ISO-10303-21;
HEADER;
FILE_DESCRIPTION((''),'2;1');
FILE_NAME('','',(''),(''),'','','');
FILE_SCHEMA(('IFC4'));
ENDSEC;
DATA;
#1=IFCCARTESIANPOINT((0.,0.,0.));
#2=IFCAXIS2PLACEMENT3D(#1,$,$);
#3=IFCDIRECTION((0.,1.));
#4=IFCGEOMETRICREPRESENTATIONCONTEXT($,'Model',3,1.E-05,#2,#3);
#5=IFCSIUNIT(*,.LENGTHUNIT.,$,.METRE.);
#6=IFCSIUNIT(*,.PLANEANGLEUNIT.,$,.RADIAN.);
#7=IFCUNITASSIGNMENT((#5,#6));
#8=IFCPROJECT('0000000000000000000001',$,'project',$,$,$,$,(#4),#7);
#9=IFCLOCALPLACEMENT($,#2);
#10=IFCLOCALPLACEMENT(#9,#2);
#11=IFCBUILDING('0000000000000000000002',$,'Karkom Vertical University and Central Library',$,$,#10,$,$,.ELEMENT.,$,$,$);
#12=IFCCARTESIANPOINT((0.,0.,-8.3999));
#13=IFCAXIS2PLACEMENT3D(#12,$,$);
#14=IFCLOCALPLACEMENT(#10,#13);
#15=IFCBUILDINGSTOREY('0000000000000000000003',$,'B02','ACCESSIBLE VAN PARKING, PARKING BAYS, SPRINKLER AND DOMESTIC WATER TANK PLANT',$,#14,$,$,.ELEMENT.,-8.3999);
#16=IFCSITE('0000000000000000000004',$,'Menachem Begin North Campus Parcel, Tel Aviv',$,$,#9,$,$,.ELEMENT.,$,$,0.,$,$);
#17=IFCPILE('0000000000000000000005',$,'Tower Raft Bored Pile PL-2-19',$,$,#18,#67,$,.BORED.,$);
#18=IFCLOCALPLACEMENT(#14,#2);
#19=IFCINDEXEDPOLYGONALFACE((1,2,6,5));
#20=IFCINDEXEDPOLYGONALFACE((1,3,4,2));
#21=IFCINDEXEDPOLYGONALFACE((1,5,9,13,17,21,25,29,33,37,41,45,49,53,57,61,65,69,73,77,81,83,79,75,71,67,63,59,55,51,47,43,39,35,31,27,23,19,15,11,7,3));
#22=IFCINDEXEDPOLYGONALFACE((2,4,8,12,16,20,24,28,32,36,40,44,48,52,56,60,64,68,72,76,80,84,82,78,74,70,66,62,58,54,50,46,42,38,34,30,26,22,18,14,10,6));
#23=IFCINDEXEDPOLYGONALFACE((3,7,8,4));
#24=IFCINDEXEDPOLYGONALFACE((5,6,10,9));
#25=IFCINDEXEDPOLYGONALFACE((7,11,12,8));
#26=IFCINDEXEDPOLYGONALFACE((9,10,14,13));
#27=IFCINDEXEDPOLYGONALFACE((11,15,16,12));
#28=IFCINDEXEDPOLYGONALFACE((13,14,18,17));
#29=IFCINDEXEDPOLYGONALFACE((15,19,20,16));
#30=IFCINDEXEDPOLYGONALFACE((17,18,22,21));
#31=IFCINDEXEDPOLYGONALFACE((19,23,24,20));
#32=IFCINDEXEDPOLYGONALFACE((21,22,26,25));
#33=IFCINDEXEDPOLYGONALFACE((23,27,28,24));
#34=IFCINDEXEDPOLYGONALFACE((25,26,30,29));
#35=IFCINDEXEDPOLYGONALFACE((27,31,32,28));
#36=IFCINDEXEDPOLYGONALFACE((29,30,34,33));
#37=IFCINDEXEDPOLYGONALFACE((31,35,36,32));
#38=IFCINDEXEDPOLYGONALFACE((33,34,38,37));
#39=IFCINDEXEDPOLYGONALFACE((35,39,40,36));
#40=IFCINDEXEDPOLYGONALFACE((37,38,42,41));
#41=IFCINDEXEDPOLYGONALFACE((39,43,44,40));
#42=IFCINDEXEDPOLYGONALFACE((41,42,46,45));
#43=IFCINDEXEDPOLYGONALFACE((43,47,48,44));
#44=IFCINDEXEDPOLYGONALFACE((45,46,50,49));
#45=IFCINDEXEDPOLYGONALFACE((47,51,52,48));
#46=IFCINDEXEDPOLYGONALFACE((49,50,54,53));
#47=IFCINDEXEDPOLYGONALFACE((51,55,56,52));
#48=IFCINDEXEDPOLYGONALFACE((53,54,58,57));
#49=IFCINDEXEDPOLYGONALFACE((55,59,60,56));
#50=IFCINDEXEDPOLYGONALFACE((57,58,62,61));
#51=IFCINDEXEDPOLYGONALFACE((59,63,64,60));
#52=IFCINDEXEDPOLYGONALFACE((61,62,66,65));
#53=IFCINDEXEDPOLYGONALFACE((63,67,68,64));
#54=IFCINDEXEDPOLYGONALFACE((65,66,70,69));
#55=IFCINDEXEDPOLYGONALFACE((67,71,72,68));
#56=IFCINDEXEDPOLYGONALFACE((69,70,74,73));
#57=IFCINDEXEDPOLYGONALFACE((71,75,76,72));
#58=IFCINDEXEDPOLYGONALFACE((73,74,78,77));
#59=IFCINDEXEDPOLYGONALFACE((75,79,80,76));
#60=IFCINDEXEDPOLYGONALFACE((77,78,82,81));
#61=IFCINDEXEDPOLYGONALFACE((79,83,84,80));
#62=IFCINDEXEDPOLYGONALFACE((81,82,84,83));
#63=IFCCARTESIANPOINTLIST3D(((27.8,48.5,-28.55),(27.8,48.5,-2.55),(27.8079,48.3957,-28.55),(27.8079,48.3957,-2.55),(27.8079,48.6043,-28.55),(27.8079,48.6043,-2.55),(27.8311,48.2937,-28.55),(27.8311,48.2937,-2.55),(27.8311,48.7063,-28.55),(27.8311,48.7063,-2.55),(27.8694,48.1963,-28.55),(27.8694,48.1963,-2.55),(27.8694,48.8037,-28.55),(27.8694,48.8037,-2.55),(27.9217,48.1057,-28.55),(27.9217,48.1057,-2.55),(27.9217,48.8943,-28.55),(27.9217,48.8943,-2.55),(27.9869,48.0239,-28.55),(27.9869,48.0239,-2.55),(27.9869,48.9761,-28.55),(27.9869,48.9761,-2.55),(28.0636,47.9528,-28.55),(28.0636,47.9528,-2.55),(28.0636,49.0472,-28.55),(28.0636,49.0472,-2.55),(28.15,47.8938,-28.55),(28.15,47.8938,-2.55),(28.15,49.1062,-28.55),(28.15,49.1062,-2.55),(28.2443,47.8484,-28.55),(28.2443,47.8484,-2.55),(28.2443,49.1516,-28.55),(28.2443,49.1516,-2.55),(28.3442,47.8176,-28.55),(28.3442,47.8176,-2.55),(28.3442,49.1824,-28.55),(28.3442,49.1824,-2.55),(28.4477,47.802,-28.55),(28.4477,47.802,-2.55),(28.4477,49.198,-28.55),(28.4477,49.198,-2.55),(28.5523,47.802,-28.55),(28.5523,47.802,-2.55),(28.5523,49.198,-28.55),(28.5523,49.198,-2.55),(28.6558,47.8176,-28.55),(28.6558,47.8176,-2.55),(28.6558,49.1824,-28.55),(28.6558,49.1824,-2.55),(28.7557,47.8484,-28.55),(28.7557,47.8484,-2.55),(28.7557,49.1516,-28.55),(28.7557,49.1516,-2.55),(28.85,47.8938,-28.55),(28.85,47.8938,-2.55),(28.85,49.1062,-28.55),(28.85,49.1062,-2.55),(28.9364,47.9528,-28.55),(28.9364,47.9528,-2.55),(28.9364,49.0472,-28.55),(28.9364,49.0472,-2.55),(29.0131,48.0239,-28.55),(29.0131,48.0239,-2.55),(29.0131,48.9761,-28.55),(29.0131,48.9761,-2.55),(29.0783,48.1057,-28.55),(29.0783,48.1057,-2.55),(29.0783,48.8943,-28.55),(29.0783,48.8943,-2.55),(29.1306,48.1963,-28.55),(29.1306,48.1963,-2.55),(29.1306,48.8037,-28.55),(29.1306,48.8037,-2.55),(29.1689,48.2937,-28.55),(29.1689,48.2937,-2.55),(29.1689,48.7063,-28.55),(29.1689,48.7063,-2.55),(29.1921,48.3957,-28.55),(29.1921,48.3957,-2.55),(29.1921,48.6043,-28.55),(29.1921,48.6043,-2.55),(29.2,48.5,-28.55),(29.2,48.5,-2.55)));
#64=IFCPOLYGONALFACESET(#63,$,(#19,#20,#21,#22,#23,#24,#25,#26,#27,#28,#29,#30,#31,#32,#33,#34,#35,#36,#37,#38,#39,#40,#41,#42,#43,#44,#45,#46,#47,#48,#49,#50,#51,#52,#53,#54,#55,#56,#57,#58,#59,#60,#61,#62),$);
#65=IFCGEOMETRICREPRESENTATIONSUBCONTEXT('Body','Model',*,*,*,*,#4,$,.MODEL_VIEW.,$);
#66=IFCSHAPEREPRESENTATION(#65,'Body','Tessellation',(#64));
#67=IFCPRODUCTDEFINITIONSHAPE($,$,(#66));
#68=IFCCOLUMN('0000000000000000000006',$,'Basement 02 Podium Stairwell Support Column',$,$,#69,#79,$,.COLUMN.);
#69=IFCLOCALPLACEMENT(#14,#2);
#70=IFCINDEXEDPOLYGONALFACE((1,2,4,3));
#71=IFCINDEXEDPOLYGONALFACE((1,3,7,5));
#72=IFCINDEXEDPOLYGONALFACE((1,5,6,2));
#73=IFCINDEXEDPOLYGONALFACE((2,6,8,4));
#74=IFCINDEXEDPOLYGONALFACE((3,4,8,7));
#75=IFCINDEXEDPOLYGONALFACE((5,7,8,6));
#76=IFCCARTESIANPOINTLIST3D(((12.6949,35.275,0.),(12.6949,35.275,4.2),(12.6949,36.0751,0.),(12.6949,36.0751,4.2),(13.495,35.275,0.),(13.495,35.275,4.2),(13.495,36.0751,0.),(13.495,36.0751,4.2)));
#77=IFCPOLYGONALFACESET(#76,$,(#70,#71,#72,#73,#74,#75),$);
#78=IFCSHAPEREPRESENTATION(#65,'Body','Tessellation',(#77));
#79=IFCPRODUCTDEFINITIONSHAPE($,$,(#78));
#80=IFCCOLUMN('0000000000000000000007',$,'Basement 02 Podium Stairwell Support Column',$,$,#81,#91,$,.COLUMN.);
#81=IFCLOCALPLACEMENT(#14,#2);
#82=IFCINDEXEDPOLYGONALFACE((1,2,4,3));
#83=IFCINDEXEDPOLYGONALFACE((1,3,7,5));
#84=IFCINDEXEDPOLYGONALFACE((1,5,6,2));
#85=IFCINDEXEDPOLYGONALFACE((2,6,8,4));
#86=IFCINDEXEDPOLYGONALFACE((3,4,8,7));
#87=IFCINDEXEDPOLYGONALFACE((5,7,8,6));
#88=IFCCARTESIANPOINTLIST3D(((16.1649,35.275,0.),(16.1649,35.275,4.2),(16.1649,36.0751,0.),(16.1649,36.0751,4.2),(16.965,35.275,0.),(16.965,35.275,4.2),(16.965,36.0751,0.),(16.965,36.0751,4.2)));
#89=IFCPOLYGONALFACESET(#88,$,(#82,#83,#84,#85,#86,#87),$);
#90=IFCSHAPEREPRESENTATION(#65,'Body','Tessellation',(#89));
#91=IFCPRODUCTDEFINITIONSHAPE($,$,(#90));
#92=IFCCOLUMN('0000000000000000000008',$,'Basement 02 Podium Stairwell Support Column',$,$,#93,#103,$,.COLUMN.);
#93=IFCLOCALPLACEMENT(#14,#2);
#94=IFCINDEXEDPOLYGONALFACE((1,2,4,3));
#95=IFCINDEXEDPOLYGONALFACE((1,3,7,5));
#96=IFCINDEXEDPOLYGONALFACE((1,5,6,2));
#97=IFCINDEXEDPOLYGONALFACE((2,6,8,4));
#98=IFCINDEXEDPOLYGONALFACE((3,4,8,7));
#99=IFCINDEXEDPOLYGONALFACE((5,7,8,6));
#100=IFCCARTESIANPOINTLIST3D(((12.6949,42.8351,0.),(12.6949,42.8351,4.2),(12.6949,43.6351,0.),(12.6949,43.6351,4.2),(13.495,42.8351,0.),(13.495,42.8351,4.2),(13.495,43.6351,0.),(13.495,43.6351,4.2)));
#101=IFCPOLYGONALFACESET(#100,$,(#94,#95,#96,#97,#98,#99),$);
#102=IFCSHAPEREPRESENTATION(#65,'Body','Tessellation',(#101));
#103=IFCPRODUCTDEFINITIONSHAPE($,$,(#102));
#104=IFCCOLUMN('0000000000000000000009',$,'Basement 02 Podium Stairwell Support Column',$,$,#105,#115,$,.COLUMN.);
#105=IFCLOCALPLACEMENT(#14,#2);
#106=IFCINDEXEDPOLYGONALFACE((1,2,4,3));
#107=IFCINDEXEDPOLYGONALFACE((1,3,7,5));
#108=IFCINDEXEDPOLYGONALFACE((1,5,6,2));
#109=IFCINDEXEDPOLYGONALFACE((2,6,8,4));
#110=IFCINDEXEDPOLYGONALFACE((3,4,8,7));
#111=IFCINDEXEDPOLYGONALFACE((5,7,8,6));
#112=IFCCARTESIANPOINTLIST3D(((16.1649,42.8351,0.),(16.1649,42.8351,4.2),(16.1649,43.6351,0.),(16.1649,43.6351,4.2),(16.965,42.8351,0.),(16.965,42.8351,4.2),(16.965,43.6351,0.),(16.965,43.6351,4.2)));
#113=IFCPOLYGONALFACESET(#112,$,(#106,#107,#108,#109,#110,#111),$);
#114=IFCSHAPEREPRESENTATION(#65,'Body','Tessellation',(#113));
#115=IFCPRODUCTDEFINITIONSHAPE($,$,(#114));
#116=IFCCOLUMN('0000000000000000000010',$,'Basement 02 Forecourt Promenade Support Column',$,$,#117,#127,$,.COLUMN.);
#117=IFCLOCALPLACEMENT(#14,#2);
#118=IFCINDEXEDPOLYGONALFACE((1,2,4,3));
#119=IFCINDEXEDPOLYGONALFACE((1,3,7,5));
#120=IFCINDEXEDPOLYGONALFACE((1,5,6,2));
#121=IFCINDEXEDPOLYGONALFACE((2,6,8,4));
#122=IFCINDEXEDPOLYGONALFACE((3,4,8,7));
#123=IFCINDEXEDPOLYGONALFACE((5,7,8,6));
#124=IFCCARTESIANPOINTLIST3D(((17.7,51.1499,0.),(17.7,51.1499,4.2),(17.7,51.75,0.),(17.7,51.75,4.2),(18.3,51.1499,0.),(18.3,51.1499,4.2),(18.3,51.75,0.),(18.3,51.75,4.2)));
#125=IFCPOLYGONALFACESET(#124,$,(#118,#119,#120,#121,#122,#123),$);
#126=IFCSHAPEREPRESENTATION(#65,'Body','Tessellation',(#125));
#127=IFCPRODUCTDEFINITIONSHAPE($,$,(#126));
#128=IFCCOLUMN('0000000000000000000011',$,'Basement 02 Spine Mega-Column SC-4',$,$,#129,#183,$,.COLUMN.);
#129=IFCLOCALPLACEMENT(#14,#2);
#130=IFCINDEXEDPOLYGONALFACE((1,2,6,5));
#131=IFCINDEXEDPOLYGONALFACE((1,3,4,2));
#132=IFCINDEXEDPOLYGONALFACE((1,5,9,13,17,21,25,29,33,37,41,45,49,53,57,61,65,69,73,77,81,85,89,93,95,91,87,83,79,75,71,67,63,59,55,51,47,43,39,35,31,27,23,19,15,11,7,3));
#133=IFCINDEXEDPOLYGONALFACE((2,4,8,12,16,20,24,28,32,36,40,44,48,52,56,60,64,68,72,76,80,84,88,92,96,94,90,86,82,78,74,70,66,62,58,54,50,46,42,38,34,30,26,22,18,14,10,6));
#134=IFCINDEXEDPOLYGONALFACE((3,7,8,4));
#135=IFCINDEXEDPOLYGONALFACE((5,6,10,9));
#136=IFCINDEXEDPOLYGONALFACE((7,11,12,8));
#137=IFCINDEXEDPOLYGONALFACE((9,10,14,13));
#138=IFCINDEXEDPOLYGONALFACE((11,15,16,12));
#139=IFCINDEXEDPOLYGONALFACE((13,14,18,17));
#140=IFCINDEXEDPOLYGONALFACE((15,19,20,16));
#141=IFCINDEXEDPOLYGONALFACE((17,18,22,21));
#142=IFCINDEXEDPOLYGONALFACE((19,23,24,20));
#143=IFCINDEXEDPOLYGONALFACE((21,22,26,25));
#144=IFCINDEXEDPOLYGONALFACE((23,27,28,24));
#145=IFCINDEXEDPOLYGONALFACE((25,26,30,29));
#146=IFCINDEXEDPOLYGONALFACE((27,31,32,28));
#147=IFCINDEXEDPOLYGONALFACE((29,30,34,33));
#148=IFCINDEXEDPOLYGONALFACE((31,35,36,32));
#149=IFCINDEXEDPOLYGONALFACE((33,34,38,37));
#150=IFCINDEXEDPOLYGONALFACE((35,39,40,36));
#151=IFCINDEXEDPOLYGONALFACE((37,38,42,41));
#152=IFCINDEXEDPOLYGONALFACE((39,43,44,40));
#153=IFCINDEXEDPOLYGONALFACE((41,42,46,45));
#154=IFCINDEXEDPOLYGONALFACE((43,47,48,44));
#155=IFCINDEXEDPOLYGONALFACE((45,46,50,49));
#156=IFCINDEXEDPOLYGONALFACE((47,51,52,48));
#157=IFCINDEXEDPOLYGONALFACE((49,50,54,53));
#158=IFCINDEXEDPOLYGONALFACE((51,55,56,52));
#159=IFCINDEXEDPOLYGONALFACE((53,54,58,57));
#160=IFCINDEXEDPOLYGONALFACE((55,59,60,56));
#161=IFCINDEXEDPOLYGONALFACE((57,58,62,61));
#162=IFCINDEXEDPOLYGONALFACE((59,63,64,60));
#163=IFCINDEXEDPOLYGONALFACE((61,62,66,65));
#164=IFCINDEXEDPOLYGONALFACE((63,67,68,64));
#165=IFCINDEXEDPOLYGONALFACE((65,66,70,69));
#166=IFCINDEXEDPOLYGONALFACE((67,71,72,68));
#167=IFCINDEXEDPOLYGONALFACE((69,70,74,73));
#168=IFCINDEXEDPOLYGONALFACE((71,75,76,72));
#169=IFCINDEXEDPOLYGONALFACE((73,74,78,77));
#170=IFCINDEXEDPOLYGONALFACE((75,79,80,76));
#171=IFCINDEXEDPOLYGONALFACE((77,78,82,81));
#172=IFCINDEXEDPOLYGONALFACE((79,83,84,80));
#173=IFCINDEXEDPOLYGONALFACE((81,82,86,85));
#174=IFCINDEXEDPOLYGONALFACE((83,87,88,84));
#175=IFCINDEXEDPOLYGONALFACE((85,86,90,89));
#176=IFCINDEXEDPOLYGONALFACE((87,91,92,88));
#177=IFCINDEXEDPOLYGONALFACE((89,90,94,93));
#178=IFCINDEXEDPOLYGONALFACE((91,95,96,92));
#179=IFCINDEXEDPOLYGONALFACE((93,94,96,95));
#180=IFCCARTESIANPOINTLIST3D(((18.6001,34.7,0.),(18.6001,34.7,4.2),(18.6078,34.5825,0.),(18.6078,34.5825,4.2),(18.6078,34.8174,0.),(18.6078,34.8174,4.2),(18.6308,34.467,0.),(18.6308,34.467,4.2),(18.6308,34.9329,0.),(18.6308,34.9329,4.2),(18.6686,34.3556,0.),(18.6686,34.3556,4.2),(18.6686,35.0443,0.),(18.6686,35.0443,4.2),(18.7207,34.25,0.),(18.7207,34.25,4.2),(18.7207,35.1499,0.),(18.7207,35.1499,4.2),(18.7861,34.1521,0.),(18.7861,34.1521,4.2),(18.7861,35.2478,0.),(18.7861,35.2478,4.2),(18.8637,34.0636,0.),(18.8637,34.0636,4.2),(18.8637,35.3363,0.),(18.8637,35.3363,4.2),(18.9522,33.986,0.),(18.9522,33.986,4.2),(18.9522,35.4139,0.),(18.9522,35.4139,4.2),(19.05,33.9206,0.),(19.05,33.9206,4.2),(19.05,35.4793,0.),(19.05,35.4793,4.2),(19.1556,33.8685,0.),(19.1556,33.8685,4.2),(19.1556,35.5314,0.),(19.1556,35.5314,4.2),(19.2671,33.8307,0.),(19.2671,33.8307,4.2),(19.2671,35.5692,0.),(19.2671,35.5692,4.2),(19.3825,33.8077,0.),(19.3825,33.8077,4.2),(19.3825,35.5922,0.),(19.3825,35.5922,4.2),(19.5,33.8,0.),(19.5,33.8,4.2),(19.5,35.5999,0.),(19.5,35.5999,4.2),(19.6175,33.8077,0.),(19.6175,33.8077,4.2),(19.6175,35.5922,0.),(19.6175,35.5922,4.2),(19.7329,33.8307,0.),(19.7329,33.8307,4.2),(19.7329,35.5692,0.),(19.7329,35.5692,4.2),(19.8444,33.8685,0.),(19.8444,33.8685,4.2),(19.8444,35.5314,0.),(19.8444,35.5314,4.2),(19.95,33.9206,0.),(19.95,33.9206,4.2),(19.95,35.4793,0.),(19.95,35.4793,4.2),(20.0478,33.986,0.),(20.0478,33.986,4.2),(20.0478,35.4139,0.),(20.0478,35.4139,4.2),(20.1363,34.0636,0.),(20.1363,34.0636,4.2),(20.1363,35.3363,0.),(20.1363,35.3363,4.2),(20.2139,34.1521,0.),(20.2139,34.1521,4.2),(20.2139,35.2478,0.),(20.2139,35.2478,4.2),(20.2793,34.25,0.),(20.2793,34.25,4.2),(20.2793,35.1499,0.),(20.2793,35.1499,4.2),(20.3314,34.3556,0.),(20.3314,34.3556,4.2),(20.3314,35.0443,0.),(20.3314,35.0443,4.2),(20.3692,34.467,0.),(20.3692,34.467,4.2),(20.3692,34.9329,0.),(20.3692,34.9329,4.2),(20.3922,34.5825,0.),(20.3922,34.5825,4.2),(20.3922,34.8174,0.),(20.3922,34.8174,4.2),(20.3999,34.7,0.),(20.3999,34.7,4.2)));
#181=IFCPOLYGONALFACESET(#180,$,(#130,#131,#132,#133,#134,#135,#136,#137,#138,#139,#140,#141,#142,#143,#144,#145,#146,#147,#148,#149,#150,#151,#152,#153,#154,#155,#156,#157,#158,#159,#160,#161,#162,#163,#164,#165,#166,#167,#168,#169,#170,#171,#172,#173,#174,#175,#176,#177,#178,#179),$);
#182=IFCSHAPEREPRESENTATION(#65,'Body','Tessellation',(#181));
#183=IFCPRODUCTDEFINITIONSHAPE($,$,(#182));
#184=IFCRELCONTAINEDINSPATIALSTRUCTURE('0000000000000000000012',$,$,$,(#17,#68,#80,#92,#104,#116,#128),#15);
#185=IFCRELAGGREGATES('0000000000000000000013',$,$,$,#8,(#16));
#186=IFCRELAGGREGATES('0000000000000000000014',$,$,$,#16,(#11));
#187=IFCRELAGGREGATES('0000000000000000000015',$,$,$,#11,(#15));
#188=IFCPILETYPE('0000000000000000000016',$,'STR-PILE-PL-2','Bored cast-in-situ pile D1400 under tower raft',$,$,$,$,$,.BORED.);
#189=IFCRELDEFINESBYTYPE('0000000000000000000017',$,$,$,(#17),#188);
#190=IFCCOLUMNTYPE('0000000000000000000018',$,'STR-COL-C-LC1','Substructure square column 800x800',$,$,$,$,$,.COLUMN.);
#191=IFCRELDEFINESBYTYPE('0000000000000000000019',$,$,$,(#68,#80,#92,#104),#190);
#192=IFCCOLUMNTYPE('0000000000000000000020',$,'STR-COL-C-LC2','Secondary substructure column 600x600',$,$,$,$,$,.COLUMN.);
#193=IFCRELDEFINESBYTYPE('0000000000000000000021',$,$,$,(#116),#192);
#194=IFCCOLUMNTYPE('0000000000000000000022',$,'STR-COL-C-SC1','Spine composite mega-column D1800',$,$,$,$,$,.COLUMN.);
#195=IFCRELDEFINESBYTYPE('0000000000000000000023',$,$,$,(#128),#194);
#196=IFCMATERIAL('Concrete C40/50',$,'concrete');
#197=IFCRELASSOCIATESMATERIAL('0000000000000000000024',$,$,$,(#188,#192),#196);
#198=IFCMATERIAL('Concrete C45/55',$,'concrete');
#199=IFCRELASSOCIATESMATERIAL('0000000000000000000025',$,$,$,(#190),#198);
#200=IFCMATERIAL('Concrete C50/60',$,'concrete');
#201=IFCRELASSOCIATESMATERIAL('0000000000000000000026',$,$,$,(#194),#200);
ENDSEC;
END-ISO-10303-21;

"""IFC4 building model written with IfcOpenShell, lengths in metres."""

from ifc_helpers import new_model, si_unit, direction, frame, origin, origin_with_axes, origin_2d, place, context, subcontext, project, spatial, rectangle, circle, extrude, source, transform, mapped, material, material_profile, profile_set, type_object, element, save


model = new_model("IFC4")

# Units and contexts
model_context = context("Model", 3, precision=1e-05, world=origin(), true_north=direction((0.0, 1.0)))
body_context = subcontext(model_context, "Body", "Model", "MODEL_VIEW")
ifc_project = project(units=[si_unit("LENGTHUNIT", "METRE"), si_unit("PLANEANGLEUNIT", "RADIAN")], contexts=[model_context])

# Site, building, storey
site_placement = place(None, origin())
site = spatial("IfcSite", under=ifc_project, at=site_placement, Name="Menachem Begin North Campus Parcel, Tel Aviv", CompositionType="ELEMENT", RefElevation=0.0)
building_placement = place(site_placement, origin())
building = spatial("IfcBuilding", under=site, at=building_placement, Name="Karkom Vertical University and Central Library", CompositionType="ELEMENT")
storey_placement = place(building_placement, frame((0.0, 0.0, -8.3999)))
storey = spatial("IfcBuildingStorey", under=building, at=storey_placement, Name="B02", Description="ACCESSIBLE VAN PARKING, PARKING BAYS, SPRINKLER AND DOMESTIC WATER TANK PLANT", CompositionType="ELEMENT", Elevation=-8.3999)

# Pile
ifc_material_1 = material(Name="Concrete C40/50", Category="concrete")
ifc_material_profile_1 = material_profile(ifc_material_1, circle(Radius=0.7, at=origin_2d()), Name="PILE-D1400")
ifc_profile_set_1 = profile_set([ifc_material_profile_1], Name="Concrete C40/50")
pile_type_1 = type_object("IfcPileType", Name="STR-PILE-PL-2", Description="Bored cast-in-situ pile D1400 under tower raft", PredefinedType="BORED", material=ifc_profile_set_1)
shared_shape_1 = source(origin_with_axes(), body_context, "Body", "SweptSolid", [
    extrude(circle(Radius=0.7, at=origin_2d()), origin(), (0.0, 0.0, 1.0), 26.0),
])
for number, where, z_axis, x_axis, name in (
    (1, (28.5, 48.5, -2.55), (0.0, 0.0, -1.0), (1.0, 0.0, 0.0), "Tower Raft Bored Pile PL-2-19"),
):
    element("IfcPile", number, at=place(storey_placement, frame(where, z_axis=z_axis, x_axis=x_axis)), inside=storey, type_object=pile_type_1, Name=name, PredefinedType="BORED", context=body_context, shape_type="MappedRepresentation", body=[
        mapped(shared_shape_1, transform((0.0, 0.0, 0.0), scale=1.0)),
    ])

# Columns
ifc_material_2 = material(Name="Concrete C45/55", Category="concrete")
ifc_material_profile_2 = material_profile(ifc_material_2, rectangle(XDim=0.8, YDim=0.8, at=origin_2d()), Name="RC-800x800")
ifc_profile_set_2 = profile_set([ifc_material_profile_2], Name="Concrete C45/55")
column_type_1 = type_object("IfcColumnType", Name="STR-COL-C-LC1", Description="Substructure square column 800x800", PredefinedType="COLUMN", material=ifc_profile_set_2)
shared_shape_2 = source(origin_with_axes(), body_context, "Body", "SweptSolid", [
    extrude(rectangle(XDim=0.8, YDim=0.8, at=origin_2d()), origin(), (0.0, 0.0, 1.0), 4.2),
])
for number, where, z_axis, x_axis, name in (
    (2, (13.095, 35.675, 0.0), (0.0, 0.0, 1.0), (1.0, 0.0, 0.0), "Basement 02 Podium Stairwell Support Column"),
    (3, (16.5649, 35.675, 0.0), (0.0, 0.0, 1.0), (1.0, 0.0, 0.0), "Basement 02 Podium Stairwell Support Column"),
    (4, (13.095, 43.2351, 0.0), (0.0, 0.0, 1.0), (1.0, 0.0, 0.0), "Basement 02 Podium Stairwell Support Column"),
    (5, (16.5649, 43.2351, 0.0), (0.0, 0.0, 1.0), (1.0, 0.0, 0.0), "Basement 02 Podium Stairwell Support Column"),
):
    element("IfcColumn", number, at=place(storey_placement, frame(where, z_axis=z_axis, x_axis=x_axis)), inside=storey, type_object=column_type_1, Name=name, PredefinedType="COLUMN", context=body_context, shape_type="MappedRepresentation", body=[
        mapped(shared_shape_2, transform((0.0, 0.0, 0.0), scale=1.0)),
    ])
ifc_material_profile_3 = material_profile(ifc_material_1, rectangle(XDim=0.6001, YDim=0.6001, at=origin_2d()), Name="RC-600x600")
ifc_profile_set_3 = profile_set([ifc_material_profile_3], Name="Concrete C40/50")
column_type_2 = type_object("IfcColumnType", Name="STR-COL-C-LC2", Description="Secondary substructure column 600x600", PredefinedType="COLUMN", material=ifc_profile_set_3)
shared_shape_3 = source(origin_with_axes(), body_context, "Body", "SweptSolid", [
    extrude(rectangle(XDim=0.6001, YDim=0.6001, at=origin_2d()), origin(), (0.0, 0.0, 1.0), 4.2),
])
column_placement = place(storey_placement, frame((18.0, 51.45, 0.0), z_axis=(0.0, 0.0, 1.0), x_axis=(1.0, 0.0, 0.0)))
element("IfcColumn", 6, at=column_placement, inside=storey, type_object=column_type_2, Name="Basement 02 Forecourt Promenade Support Column", PredefinedType="COLUMN", context=body_context, shape_type="MappedRepresentation", body=[
    mapped(shared_shape_3, transform((0.0, 0.0, 0.0), scale=1.0)),
])
ifc_material_3 = material(Name="Concrete C50/60", Category="concrete")
ifc_material_profile_4 = material_profile(ifc_material_3, circle(Radius=0.8999, at=origin_2d()), Name="CFT-D1800")
ifc_profile_set_4 = profile_set([ifc_material_profile_4], Name="Concrete C50/60")
column_type_3 = type_object("IfcColumnType", Name="STR-COL-C-SC1", Description="Spine composite mega-column D1800", PredefinedType="COLUMN", material=ifc_profile_set_4)
shared_shape_4 = source(origin_with_axes(), body_context, "Body", "SweptSolid", [
    extrude(circle(Radius=0.8999, at=origin_2d()), origin(), (0.0, 0.0, 1.0), 4.2),
])
for number, where, z_axis, x_axis, name in (
    (7, (19.5, 34.7, 0.0), (0.0, 0.0, 1.0), (1.0, 0.0, 0.0), "Basement 02 Spine Mega-Column SC-4"),
):
    element("IfcColumn", number, at=place(storey_placement, frame(where, z_axis=z_axis, x_axis=x_axis)), inside=storey, type_object=column_type_3, Name=name, PredefinedType="COLUMN", context=body_context, shape_type="MappedRepresentation", body=[
        mapped(shared_shape_4, transform((0.0, 0.0, 0.0), scale=1.0)),
    ])

save(model, "model.ifc")
